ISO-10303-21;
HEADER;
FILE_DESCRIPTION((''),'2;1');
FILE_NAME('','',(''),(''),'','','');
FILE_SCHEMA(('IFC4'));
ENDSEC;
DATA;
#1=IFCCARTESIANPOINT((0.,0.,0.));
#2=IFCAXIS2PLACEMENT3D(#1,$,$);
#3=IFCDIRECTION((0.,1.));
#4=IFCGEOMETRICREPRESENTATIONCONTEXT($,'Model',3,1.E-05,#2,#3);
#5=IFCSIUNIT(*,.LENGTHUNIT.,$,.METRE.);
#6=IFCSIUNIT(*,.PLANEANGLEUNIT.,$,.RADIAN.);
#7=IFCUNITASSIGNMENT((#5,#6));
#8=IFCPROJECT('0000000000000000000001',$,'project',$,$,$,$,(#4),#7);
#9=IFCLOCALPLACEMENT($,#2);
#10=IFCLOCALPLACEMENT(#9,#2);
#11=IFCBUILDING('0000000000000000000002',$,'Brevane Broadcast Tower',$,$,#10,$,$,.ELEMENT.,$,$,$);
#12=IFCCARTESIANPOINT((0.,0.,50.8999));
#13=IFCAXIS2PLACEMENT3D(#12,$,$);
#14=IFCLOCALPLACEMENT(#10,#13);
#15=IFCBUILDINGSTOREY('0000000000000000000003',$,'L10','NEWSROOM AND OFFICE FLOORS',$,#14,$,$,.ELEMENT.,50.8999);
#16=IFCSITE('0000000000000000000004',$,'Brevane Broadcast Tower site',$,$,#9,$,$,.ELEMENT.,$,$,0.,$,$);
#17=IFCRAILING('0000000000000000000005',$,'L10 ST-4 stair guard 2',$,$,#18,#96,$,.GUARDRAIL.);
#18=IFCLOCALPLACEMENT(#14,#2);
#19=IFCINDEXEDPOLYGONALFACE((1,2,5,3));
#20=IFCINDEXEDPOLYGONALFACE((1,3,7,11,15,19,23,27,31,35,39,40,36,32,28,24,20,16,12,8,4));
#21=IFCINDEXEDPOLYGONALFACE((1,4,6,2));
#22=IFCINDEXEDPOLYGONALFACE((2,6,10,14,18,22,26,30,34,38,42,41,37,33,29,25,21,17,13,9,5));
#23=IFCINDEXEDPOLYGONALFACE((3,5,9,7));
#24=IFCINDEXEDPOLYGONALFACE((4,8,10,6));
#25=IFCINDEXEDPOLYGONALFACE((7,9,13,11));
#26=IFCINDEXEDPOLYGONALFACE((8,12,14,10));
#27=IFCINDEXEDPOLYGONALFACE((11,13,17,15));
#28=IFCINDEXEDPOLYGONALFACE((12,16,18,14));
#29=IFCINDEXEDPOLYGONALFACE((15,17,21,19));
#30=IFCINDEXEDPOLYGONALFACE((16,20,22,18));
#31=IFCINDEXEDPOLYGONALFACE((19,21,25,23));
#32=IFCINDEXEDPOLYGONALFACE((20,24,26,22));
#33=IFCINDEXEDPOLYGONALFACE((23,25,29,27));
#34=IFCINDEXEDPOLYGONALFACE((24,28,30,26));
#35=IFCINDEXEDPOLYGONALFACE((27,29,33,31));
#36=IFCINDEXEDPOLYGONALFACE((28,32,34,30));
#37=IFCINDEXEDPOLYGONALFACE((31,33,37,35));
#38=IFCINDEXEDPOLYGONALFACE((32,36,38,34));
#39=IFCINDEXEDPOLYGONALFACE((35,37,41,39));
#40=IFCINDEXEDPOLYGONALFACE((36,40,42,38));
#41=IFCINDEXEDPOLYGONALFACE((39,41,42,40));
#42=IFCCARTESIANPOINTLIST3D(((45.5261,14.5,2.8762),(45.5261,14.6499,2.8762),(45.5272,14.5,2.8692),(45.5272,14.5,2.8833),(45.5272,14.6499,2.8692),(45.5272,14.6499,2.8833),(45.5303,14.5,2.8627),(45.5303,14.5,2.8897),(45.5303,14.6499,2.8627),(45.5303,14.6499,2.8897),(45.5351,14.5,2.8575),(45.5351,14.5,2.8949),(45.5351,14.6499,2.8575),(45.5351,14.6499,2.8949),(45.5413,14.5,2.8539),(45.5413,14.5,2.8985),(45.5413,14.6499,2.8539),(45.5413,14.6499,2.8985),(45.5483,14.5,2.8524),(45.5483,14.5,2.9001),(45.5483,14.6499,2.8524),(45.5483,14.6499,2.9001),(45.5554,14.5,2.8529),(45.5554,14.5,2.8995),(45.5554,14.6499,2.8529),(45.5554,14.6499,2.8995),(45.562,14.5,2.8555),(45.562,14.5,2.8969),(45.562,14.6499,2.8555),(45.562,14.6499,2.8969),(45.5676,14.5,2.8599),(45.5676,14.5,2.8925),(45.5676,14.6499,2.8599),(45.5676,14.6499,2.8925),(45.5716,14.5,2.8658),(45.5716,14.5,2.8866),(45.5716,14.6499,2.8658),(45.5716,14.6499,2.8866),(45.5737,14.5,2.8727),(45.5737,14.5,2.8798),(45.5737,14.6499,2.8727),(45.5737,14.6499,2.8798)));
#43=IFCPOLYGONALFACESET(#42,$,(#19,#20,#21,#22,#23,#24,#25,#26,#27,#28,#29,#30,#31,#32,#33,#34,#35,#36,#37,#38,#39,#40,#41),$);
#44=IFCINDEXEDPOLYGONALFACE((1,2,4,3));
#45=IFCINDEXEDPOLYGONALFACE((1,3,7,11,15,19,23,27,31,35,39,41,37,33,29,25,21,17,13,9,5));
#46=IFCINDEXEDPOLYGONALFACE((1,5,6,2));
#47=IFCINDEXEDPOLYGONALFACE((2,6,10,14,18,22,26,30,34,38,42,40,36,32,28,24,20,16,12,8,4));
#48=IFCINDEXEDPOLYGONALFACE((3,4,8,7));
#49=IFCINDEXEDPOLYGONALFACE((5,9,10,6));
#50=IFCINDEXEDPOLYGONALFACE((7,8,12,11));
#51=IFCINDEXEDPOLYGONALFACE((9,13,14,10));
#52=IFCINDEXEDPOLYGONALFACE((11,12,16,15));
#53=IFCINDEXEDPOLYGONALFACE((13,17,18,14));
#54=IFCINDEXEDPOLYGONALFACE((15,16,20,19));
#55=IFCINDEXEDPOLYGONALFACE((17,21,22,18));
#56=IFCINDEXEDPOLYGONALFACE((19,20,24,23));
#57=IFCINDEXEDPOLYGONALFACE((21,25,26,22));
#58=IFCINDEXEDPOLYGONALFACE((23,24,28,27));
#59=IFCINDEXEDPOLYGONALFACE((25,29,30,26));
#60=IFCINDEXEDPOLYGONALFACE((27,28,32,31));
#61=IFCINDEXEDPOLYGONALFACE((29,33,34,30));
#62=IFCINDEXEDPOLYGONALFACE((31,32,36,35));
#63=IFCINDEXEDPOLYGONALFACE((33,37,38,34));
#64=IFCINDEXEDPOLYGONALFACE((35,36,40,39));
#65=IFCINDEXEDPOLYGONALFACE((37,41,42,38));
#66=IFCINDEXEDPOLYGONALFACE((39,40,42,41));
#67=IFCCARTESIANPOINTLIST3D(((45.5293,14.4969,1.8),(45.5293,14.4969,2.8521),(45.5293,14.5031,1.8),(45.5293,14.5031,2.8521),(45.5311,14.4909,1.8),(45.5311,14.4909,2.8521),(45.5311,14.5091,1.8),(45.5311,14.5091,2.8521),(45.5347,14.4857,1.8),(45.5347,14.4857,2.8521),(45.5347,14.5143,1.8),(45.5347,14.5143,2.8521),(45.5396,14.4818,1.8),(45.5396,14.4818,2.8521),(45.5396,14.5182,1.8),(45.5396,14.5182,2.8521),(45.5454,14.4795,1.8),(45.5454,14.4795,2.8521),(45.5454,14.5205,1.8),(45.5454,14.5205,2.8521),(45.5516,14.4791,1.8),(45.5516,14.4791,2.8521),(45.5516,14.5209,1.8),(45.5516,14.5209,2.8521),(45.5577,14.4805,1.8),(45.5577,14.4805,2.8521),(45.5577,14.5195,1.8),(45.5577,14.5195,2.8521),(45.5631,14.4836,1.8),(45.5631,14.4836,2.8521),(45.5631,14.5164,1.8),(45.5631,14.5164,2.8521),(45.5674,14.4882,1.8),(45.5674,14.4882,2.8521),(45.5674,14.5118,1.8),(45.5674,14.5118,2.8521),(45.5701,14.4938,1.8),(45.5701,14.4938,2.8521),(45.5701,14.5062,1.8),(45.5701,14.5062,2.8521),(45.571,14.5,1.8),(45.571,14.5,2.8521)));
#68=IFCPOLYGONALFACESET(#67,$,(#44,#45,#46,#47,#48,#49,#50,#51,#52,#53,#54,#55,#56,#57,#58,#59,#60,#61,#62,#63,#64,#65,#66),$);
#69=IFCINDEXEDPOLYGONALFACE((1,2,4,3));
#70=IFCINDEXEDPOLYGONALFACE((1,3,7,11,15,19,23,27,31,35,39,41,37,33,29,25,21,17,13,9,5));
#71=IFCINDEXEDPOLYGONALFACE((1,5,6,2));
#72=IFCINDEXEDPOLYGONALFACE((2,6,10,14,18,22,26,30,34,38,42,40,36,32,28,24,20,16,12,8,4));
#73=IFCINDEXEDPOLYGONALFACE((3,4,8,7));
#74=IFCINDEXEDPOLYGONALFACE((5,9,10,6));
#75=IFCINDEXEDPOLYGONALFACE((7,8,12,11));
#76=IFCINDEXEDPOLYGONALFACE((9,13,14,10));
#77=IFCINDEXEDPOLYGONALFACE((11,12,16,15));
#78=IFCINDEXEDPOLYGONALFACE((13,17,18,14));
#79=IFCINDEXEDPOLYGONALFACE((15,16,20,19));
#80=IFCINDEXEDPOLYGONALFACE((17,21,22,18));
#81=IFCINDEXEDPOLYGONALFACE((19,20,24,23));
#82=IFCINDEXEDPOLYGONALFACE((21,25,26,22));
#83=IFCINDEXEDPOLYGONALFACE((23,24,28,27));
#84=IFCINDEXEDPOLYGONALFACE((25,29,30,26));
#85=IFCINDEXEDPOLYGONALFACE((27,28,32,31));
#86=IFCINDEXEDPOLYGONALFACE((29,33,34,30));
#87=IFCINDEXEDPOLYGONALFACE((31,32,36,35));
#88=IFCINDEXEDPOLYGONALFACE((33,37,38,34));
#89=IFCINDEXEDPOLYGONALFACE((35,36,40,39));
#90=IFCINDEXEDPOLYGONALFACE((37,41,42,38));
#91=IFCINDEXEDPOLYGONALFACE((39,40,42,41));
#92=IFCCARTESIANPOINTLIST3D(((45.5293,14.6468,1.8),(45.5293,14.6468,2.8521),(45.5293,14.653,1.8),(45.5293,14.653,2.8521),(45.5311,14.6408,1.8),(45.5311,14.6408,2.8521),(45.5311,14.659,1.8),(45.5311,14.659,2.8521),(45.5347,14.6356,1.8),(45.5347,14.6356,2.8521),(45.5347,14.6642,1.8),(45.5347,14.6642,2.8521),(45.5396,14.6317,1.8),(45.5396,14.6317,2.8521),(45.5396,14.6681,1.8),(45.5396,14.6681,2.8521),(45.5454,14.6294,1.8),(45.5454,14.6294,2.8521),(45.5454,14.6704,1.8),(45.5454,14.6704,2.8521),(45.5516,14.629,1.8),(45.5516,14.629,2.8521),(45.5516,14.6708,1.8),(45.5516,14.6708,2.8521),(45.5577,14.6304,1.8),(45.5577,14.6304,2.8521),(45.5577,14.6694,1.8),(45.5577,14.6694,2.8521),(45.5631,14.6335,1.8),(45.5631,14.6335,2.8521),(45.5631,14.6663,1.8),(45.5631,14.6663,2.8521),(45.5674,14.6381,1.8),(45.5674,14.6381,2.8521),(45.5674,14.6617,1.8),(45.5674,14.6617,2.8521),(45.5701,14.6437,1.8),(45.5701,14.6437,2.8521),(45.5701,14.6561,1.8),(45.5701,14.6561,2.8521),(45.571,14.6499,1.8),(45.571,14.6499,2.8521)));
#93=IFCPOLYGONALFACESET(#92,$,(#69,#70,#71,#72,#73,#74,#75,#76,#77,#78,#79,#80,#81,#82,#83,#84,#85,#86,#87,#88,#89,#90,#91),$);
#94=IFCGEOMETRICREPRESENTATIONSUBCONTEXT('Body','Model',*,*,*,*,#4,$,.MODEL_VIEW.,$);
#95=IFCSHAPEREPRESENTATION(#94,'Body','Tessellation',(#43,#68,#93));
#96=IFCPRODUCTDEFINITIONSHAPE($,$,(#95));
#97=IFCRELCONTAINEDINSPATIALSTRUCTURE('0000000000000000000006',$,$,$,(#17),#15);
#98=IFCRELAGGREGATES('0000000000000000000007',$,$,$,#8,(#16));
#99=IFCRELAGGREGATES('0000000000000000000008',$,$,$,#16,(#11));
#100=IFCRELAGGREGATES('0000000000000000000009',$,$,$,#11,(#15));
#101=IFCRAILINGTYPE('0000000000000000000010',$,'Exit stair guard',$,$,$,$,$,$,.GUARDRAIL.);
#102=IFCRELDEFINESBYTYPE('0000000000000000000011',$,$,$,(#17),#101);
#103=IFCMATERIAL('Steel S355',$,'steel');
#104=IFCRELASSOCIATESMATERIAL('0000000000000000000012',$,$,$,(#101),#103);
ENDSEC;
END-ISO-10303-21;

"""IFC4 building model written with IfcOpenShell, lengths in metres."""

from ifc_helpers import new_model, si_unit, direction, frame, origin, origin_2d, place, context, subcontext, project, spatial, circle, extrude, material, type_object, element, save


model = new_model("IFC4")

# Units and contexts
model_context = context("Model", 3, precision=1e-05, world=origin(), true_north=direction((0.0, 1.0)))
body_context = subcontext(model_context, "Body", "Model", "MODEL_VIEW")
ifc_project = project(units=[si_unit("LENGTHUNIT", "METRE"), si_unit("PLANEANGLEUNIT", "RADIAN")], contexts=[model_context])

# Site, building, storey
site_placement = place(None, origin())
site = spatial("IfcSite", under=ifc_project, at=site_placement, Name="Brevane Broadcast Tower site", CompositionType="ELEMENT", RefElevation=0.0)
building_placement = place(site_placement, origin())
building = spatial("IfcBuilding", under=site, at=building_placement, Name="Brevane Broadcast Tower", CompositionType="ELEMENT")
storey_placement = place(building_placement, frame((0.0, 0.0, 50.8999)))
storey = spatial("IfcBuildingStorey", under=building, at=storey_placement, Name="L10", Description="NEWSROOM AND OFFICE FLOORS", CompositionType="ELEMENT", Elevation=50.8999)

# Railing
ifc_material_1 = material(Name="Steel S355", Category="steel")
railing_type_1 = type_object("IfcRailingType", Name="Exit stair guard", PredefinedType="GUARDRAIL", material=ifc_material_1)
railing_1_placement = place(storey_placement, frame((45.55, 14.5, 1.8)))
element("IfcRailing", 1, at=railing_1_placement, inside=storey, type_object=railing_type_1, Name="L10 ST-4 stair guard 2", PredefinedType="GUARDRAIL", context=body_context, shape_type="SweptSolid", body=[
    extrude(circle(Radius=0.0239, at=origin_2d()), frame((0.0, 0.0, 1.0762), z_axis=(0.0, 1.0, 0.0), x_axis=(-1.0, 0.0, 0.0)), (0.0, 0.0, 1.0), 0.1499),
    extrude(circle(Radius=0.021, at=origin_2d()), origin(), (0.0, 0.0, 1.0), 1.052),
    extrude(circle(Radius=0.021, at=origin_2d()), frame((0.0, 0.1499, 0.0)), (0.0, 0.0, 1.0), 1.052),
])

save(model, "model.ifc")
